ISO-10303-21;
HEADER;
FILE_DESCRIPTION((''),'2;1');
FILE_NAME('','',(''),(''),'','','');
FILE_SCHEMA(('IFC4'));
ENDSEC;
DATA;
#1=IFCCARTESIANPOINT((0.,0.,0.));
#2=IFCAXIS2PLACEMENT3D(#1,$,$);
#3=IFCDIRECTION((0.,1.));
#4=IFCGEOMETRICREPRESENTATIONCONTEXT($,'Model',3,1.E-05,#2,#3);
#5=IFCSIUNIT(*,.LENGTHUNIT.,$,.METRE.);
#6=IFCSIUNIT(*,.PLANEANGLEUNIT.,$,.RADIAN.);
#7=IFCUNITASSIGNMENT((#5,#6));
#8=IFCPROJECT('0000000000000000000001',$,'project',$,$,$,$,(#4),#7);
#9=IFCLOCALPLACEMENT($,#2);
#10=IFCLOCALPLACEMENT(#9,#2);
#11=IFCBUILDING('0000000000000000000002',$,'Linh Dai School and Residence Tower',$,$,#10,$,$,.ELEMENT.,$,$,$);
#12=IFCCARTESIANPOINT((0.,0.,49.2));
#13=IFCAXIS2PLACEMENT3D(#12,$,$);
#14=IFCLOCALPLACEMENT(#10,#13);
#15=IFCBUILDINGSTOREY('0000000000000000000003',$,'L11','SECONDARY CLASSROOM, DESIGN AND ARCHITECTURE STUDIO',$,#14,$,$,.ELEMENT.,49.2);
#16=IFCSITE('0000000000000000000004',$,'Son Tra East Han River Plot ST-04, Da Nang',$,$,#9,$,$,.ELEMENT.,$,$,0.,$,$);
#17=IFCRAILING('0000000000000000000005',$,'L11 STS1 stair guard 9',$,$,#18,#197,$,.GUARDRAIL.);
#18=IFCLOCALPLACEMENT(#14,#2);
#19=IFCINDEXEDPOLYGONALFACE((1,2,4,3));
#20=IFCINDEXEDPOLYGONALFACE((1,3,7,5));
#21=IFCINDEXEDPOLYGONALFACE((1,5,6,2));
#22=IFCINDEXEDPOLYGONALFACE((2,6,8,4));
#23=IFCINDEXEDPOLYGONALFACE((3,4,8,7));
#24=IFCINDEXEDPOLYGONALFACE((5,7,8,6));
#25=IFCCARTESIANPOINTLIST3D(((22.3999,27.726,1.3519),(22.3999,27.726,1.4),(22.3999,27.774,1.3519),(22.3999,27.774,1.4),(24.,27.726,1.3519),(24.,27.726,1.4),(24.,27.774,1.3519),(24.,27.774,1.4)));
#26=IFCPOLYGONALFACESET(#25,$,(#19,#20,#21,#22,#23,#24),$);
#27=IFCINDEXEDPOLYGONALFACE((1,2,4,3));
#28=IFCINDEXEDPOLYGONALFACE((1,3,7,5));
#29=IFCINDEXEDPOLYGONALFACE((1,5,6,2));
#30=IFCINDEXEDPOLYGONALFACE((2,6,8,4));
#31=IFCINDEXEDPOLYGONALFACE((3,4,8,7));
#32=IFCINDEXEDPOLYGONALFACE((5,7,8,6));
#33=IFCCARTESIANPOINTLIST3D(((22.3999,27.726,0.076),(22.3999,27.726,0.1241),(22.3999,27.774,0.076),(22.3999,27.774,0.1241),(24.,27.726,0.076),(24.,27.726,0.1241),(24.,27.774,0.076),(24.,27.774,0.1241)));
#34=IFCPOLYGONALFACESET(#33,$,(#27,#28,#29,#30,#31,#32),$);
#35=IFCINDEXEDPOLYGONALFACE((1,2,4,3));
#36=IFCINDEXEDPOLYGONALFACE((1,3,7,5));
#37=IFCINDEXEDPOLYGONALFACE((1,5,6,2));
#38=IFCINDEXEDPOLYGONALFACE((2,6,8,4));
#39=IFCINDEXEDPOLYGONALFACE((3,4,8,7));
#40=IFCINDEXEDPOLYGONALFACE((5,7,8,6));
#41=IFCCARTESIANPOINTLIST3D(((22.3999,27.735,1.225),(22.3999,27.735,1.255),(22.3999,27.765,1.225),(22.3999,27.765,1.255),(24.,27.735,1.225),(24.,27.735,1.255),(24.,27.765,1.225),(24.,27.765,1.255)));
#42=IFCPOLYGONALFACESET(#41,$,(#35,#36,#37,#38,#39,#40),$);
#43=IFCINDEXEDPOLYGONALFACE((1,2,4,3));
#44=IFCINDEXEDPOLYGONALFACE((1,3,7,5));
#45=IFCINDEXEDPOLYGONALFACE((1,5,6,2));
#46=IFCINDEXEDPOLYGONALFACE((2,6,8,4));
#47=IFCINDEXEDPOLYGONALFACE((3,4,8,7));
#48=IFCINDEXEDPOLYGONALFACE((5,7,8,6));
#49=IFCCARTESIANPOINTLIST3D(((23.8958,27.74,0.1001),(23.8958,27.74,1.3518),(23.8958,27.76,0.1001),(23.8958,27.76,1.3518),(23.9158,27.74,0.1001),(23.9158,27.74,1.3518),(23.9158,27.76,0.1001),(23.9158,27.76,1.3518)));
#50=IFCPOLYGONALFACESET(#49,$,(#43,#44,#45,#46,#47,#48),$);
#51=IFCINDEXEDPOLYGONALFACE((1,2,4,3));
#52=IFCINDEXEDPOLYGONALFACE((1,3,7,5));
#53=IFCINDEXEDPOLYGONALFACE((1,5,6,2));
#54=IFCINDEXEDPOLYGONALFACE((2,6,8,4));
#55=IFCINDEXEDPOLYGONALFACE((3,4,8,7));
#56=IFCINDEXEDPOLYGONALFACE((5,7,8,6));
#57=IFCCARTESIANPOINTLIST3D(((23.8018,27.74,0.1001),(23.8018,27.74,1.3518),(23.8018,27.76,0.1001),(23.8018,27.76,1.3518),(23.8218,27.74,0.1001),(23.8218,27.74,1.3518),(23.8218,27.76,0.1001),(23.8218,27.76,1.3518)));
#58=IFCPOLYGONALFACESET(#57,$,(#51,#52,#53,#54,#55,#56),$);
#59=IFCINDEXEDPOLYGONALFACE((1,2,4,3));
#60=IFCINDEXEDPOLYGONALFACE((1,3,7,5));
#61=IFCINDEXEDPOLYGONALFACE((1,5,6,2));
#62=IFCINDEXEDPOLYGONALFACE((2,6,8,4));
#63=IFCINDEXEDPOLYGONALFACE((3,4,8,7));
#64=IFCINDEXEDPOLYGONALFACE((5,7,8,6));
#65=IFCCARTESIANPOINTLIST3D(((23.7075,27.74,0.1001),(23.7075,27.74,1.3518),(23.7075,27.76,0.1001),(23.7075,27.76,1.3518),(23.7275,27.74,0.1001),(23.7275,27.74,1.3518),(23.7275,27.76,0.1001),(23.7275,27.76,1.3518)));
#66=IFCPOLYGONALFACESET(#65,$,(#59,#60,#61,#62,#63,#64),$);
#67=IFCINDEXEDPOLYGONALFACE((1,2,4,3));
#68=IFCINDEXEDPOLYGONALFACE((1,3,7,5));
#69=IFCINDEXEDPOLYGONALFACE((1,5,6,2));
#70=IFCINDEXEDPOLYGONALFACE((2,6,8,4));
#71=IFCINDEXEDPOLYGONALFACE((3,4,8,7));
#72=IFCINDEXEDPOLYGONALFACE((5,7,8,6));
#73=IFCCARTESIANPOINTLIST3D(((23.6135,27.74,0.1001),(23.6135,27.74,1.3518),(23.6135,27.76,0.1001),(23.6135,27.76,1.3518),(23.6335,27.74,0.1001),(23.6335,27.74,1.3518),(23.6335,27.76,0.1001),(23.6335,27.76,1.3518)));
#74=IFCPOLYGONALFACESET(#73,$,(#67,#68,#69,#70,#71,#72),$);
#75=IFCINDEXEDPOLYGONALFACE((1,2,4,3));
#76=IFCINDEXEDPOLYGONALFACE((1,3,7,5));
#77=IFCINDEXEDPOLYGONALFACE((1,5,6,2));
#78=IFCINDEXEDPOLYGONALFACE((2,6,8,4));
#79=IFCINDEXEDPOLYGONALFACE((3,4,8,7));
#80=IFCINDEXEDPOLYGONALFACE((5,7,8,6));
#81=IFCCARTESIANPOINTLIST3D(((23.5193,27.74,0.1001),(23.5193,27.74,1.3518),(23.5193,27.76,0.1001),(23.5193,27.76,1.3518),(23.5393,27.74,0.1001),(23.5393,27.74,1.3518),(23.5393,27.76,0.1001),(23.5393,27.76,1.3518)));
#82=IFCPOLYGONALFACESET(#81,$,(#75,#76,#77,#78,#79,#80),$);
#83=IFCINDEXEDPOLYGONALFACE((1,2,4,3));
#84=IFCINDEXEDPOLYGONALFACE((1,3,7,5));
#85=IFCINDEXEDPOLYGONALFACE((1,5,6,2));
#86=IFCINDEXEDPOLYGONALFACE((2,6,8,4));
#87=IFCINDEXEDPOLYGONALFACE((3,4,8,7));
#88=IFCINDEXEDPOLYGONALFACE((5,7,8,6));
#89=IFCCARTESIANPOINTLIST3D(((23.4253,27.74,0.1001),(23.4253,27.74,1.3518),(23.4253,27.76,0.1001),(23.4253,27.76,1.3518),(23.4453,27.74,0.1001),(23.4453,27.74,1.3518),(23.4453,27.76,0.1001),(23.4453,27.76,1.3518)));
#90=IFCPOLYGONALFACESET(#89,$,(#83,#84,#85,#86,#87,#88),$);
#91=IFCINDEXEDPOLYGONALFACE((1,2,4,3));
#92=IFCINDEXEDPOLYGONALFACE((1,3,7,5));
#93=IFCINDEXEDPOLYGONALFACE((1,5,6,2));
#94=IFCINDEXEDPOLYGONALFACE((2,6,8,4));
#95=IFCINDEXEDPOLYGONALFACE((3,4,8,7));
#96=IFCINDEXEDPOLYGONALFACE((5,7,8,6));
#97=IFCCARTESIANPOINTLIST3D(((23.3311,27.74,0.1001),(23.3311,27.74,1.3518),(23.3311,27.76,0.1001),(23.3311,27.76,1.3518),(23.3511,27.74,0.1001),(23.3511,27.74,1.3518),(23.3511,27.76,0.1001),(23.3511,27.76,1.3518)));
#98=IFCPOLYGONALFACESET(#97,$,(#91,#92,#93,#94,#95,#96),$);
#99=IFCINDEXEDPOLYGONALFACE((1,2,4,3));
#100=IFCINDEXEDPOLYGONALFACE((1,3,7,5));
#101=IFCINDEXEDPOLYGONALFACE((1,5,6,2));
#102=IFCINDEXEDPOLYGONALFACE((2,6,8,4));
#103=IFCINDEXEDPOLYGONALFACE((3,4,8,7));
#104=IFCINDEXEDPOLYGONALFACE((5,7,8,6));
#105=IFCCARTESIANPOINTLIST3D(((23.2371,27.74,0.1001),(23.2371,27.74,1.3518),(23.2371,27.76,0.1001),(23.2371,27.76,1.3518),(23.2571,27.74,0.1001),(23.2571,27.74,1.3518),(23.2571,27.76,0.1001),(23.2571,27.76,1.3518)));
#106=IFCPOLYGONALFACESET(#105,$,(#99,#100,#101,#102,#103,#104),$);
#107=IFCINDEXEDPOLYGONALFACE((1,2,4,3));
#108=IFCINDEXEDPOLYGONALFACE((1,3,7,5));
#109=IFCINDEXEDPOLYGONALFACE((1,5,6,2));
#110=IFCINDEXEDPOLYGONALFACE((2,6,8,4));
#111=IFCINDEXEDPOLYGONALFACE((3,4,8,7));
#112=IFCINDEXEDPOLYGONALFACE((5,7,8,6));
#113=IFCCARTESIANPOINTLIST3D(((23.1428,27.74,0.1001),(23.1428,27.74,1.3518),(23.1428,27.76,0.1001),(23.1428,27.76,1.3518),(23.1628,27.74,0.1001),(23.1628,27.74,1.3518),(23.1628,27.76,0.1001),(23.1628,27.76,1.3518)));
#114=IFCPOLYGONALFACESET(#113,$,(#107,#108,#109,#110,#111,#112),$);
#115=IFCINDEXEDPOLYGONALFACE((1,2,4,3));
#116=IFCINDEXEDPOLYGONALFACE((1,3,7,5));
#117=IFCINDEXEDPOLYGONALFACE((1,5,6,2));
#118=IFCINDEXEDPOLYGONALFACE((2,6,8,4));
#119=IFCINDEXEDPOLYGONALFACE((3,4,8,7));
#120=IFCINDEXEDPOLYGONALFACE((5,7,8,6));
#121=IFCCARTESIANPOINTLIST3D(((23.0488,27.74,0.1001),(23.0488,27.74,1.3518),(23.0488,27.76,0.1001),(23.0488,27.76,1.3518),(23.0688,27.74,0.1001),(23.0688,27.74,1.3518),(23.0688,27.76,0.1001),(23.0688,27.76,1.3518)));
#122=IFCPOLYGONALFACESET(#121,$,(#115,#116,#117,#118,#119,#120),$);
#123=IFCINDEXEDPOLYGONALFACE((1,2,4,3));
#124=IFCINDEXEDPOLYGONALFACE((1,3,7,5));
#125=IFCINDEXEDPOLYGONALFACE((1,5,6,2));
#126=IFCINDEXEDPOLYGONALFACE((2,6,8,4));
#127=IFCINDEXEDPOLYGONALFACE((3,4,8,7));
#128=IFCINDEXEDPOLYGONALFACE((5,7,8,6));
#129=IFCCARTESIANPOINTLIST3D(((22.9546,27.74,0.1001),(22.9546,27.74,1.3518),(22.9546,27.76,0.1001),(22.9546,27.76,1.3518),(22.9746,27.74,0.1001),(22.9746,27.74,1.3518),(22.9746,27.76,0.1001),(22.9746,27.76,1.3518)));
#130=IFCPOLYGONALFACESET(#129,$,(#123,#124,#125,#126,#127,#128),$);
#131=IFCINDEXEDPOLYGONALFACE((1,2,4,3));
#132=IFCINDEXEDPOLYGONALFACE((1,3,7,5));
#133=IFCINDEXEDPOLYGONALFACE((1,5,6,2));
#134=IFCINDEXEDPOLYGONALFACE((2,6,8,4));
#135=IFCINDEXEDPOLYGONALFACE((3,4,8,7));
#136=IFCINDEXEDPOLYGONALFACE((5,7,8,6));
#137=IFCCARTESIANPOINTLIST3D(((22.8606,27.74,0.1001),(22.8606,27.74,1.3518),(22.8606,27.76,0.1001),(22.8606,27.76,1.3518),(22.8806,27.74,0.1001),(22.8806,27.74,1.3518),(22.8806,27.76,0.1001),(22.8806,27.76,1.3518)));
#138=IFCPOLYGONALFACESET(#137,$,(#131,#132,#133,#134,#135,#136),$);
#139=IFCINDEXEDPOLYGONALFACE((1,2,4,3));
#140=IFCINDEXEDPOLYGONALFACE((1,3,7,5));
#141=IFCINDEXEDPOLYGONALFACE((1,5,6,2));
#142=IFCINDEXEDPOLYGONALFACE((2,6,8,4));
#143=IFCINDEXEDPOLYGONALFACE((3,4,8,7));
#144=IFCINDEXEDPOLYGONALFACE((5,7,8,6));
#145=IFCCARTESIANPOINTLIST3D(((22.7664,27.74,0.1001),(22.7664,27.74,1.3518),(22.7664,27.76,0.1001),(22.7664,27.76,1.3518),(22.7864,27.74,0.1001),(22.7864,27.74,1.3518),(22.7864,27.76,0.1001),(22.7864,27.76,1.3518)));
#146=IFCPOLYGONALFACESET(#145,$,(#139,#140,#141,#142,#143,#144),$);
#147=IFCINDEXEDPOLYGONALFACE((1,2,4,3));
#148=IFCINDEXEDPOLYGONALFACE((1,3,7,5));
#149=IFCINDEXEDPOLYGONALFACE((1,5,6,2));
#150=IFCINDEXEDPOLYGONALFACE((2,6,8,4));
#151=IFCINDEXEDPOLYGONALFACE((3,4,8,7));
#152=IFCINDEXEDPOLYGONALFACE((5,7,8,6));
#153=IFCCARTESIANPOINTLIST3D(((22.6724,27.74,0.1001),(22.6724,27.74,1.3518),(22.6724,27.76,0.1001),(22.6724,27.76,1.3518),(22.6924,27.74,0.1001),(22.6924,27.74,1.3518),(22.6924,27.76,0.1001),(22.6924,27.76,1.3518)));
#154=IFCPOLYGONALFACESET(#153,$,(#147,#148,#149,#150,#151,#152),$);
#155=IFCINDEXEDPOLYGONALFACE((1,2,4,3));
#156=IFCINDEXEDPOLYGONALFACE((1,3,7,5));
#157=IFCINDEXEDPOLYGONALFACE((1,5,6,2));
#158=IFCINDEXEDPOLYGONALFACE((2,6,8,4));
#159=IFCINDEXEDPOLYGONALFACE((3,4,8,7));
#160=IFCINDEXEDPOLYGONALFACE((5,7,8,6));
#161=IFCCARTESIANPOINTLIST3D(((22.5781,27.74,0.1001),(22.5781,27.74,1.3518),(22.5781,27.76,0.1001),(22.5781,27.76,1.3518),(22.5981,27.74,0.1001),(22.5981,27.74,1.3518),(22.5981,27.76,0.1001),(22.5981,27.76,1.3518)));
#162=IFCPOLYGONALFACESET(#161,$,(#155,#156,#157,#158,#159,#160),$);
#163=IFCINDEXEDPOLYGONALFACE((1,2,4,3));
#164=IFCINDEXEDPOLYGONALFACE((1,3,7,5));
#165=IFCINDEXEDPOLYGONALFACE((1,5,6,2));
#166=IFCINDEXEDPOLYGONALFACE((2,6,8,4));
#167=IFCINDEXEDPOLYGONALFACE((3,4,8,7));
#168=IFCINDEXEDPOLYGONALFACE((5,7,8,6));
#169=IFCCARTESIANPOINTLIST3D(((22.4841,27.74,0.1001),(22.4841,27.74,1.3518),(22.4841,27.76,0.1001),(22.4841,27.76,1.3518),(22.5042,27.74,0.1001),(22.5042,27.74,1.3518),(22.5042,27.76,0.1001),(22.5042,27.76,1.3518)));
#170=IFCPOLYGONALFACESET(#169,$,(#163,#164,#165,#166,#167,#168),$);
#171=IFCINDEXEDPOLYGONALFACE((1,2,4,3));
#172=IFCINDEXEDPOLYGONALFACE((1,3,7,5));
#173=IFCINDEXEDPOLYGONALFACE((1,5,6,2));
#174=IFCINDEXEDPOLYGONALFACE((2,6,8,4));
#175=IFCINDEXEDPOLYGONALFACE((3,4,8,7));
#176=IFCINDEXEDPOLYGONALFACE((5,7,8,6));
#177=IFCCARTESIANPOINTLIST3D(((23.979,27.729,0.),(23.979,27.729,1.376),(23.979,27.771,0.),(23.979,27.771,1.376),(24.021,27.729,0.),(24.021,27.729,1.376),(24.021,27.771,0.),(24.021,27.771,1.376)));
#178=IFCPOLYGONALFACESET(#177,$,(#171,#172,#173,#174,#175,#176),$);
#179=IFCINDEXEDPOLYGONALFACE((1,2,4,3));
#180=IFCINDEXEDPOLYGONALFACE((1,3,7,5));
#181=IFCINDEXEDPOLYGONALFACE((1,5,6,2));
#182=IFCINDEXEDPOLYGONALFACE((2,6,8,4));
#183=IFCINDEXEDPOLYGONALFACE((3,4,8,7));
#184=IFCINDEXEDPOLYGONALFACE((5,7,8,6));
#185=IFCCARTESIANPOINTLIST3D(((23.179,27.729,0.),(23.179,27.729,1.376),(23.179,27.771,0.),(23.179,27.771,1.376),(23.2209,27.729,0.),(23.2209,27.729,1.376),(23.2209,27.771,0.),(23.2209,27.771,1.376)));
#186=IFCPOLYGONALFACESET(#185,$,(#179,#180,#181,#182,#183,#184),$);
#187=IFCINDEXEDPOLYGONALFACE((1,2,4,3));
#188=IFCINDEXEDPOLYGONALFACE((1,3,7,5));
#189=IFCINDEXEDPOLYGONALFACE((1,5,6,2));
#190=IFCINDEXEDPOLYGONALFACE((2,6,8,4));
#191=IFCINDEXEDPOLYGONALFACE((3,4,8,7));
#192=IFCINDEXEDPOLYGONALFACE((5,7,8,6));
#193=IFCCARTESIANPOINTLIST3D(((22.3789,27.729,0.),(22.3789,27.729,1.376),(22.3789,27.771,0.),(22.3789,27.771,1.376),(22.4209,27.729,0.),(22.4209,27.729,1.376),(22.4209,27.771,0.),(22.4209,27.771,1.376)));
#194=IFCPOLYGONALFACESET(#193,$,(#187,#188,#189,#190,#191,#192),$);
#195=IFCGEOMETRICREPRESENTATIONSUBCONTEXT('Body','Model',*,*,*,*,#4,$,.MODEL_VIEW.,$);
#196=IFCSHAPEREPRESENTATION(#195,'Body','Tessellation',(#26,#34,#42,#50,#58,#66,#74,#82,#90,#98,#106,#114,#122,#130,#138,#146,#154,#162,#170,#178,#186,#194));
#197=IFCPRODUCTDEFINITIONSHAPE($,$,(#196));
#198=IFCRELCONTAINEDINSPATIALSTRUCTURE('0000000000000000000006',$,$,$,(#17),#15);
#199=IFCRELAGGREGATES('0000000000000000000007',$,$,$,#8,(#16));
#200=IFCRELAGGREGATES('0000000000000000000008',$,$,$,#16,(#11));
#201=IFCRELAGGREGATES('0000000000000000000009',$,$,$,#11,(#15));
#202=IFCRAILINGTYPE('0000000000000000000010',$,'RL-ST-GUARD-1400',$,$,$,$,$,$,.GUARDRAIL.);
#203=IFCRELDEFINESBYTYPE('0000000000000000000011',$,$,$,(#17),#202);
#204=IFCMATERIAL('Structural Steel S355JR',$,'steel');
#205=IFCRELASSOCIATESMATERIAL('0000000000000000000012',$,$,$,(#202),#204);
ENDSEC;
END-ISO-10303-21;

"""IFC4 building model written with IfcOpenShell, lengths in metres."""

from ifc_helpers import new_model, si_unit, direction, frame, origin, origin_2d, place, context, subcontext, project, spatial, rectangle, extrude, source, transform, mapped, material, type_object, element, save


model = new_model("IFC4")

# Units and contexts
model_context = context("Model", 3, precision=1e-05, world=origin(), true_north=direction((0.0, 1.0)))
body_context = subcontext(model_context, "Body", "Model", "MODEL_VIEW")
ifc_project = project(units=[si_unit("LENGTHUNIT", "METRE"), si_unit("PLANEANGLEUNIT", "RADIAN")], contexts=[model_context])

# Site, building, storey
site_placement = place(None, origin())
site = spatial("IfcSite", under=ifc_project, at=site_placement, Name="Son Tra East Han River Plot ST-04, Da Nang", CompositionType="ELEMENT", RefElevation=0.0)
building_placement = place(site_placement, origin())
building = spatial("IfcBuilding", under=site, at=building_placement, Name="Linh Dai School and Residence Tower", CompositionType="ELEMENT")
storey_placement = place(building_placement, frame((0.0, 0.0, 49.2)))
storey = spatial("IfcBuildingStorey", under=building, at=storey_placement, Name="L11", Description="SECONDARY CLASSROOM, DESIGN AND ARCHITECTURE STUDIO", CompositionType="ELEMENT", Elevation=49.2)

# Shared definitions
ifc_material_1 = material(Name="Structural Steel S355JR", Category="steel")

# Railing
railing_type_1 = type_object("IfcRailingType", Name="RL-ST-GUARD-1400", PredefinedType="GUARDRAIL", material=ifc_material_1)
shared_shape_1 = source(origin(), body_context, "Body", "SweptSolid", [
    extrude(rectangle(XDim=0.0481, YDim=0.0481, at=origin_2d()), frame((0.0, 0.0, 1.376), z_axis=(-1.0, 0.0, 0.0), x_axis=(0.0, -1.0, 0.0)), (0.0, 0.0, 1.0), 1.6001),
    extrude(rectangle(XDim=0.0481, YDim=0.0481, at=origin_2d()), frame((0.0, 0.0, 0.1001), z_axis=(-1.0, 0.0, 0.0), x_axis=(0.0, -1.0, 0.0)), (0.0, 0.0, 1.0), 1.6001),
    extrude(rectangle(XDim=0.03, YDim=0.03, at=origin_2d()), frame((0.0, 0.0, 1.24), z_axis=(-1.0, 0.0, 0.0), x_axis=(0.0, -1.0, 0.0)), (0.0, 0.0, 1.0), 1.6001),
    extrude(rectangle(XDim=0.02, YDim=0.02, at=origin_2d()), frame((-0.0942, 0.0, 0.1001)), (0.0, 0.0, 1.0), 1.2517),
    extrude(rectangle(XDim=0.02, YDim=0.02, at=origin_2d()), frame((-0.1882, 0.0, 0.1001)), (0.0, 0.0, 1.0), 1.2517),
    extrude(rectangle(XDim=0.02, YDim=0.02, at=origin_2d()), frame((-0.2825, 0.0, 0.1001)), (0.0, 0.0, 1.0), 1.2517),
    extrude(rectangle(XDim=0.02, YDim=0.02, at=origin_2d()), frame((-0.3765, 0.0, 0.1001)), (0.0, 0.0, 1.0), 1.2517),
    extrude(rectangle(XDim=0.02, YDim=0.02, at=origin_2d()), frame((-0.4707, 0.0, 0.1001)), (0.0, 0.0, 1.0), 1.2517),
    extrude(rectangle(XDim=0.02, YDim=0.02, at=origin_2d()), frame((-0.5647, 0.0, 0.1001)), (0.0, 0.0, 1.0), 1.2517),
    extrude(rectangle(XDim=0.02, YDim=0.02, at=origin_2d()), frame((-0.6589, 0.0, 0.1001)), (0.0, 0.0, 1.0), 1.2517),
    extrude(rectangle(XDim=0.02, YDim=0.02, at=origin_2d()), frame((-0.7529, 0.0, 0.1001)), (0.0, 0.0, 1.0), 1.2517),
    extrude(rectangle(XDim=0.02, YDim=0.02, at=origin_2d()), frame((-0.8472, 0.0, 0.1001)), (0.0, 0.0, 1.0), 1.2517),
    extrude(rectangle(XDim=0.02, YDim=0.02, at=origin_2d()), frame((-0.9412, 0.0, 0.1001)), (0.0, 0.0, 1.0), 1.2517),
    extrude(rectangle(XDim=0.02, YDim=0.02, at=origin_2d()), frame((-1.0354, 0.0, 0.1001)), (0.0, 0.0, 1.0), 1.2517),
    extrude(rectangle(XDim=0.02, YDim=0.02, at=origin_2d()), frame((-1.1294, 0.0, 0.1001)), (0.0, 0.0, 1.0), 1.2517),
    extrude(rectangle(XDim=0.02, YDim=0.02, at=origin_2d()), frame((-1.2236, 0.0, 0.1001)), (0.0, 0.0, 1.0), 1.2517),
    extrude(rectangle(XDim=0.02, YDim=0.02, at=origin_2d()), frame((-1.3176, 0.0, 0.1001)), (0.0, 0.0, 1.0), 1.2517),
    extrude(rectangle(XDim=0.02, YDim=0.02, at=origin_2d()), frame((-1.4119, 0.0, 0.1001)), (0.0, 0.0, 1.0), 1.2517),
    extrude(rectangle(XDim=0.02, YDim=0.02, at=origin_2d()), frame((-1.5059, 0.0, 0.1001)), (0.0, 0.0, 1.0), 1.2517),
    extrude(rectangle(XDim=0.042, YDim=0.042, at=origin_2d()), origin(), (0.0, 0.0, 1.0), 1.376),
    extrude(rectangle(XDim=0.042, YDim=0.042, at=origin_2d()), frame((-0.8, 0.0, 0.0)), (0.0, 0.0, 1.0), 1.376),
    extrude(rectangle(XDim=0.042, YDim=0.042, at=origin_2d()), frame((-1.6001, 0.0, 0.0)), (0.0, 0.0, 1.0), 1.376),
])
for number, where, name in (
    (1, (24.0, 27.75, 0.0), "L11 STS1 stair guard 9"),
):
    element("IfcRailing", number, at=place(storey_placement, frame(where)), inside=storey, type_object=railing_type_1, Name=name, PredefinedType="GUARDRAIL", context=body_context, shape_type="MappedRepresentation", body=[
        mapped(shared_shape_1, transform((0.0, 0.0, 0.0), x_axis=(1.0, 0.0, 0.0), y_axis=(0.0, 1.0, 0.0), z_axis=(0.0, 0.0, 1.0), scale=1.0)),
    ])

save(model, "model.ifc")
